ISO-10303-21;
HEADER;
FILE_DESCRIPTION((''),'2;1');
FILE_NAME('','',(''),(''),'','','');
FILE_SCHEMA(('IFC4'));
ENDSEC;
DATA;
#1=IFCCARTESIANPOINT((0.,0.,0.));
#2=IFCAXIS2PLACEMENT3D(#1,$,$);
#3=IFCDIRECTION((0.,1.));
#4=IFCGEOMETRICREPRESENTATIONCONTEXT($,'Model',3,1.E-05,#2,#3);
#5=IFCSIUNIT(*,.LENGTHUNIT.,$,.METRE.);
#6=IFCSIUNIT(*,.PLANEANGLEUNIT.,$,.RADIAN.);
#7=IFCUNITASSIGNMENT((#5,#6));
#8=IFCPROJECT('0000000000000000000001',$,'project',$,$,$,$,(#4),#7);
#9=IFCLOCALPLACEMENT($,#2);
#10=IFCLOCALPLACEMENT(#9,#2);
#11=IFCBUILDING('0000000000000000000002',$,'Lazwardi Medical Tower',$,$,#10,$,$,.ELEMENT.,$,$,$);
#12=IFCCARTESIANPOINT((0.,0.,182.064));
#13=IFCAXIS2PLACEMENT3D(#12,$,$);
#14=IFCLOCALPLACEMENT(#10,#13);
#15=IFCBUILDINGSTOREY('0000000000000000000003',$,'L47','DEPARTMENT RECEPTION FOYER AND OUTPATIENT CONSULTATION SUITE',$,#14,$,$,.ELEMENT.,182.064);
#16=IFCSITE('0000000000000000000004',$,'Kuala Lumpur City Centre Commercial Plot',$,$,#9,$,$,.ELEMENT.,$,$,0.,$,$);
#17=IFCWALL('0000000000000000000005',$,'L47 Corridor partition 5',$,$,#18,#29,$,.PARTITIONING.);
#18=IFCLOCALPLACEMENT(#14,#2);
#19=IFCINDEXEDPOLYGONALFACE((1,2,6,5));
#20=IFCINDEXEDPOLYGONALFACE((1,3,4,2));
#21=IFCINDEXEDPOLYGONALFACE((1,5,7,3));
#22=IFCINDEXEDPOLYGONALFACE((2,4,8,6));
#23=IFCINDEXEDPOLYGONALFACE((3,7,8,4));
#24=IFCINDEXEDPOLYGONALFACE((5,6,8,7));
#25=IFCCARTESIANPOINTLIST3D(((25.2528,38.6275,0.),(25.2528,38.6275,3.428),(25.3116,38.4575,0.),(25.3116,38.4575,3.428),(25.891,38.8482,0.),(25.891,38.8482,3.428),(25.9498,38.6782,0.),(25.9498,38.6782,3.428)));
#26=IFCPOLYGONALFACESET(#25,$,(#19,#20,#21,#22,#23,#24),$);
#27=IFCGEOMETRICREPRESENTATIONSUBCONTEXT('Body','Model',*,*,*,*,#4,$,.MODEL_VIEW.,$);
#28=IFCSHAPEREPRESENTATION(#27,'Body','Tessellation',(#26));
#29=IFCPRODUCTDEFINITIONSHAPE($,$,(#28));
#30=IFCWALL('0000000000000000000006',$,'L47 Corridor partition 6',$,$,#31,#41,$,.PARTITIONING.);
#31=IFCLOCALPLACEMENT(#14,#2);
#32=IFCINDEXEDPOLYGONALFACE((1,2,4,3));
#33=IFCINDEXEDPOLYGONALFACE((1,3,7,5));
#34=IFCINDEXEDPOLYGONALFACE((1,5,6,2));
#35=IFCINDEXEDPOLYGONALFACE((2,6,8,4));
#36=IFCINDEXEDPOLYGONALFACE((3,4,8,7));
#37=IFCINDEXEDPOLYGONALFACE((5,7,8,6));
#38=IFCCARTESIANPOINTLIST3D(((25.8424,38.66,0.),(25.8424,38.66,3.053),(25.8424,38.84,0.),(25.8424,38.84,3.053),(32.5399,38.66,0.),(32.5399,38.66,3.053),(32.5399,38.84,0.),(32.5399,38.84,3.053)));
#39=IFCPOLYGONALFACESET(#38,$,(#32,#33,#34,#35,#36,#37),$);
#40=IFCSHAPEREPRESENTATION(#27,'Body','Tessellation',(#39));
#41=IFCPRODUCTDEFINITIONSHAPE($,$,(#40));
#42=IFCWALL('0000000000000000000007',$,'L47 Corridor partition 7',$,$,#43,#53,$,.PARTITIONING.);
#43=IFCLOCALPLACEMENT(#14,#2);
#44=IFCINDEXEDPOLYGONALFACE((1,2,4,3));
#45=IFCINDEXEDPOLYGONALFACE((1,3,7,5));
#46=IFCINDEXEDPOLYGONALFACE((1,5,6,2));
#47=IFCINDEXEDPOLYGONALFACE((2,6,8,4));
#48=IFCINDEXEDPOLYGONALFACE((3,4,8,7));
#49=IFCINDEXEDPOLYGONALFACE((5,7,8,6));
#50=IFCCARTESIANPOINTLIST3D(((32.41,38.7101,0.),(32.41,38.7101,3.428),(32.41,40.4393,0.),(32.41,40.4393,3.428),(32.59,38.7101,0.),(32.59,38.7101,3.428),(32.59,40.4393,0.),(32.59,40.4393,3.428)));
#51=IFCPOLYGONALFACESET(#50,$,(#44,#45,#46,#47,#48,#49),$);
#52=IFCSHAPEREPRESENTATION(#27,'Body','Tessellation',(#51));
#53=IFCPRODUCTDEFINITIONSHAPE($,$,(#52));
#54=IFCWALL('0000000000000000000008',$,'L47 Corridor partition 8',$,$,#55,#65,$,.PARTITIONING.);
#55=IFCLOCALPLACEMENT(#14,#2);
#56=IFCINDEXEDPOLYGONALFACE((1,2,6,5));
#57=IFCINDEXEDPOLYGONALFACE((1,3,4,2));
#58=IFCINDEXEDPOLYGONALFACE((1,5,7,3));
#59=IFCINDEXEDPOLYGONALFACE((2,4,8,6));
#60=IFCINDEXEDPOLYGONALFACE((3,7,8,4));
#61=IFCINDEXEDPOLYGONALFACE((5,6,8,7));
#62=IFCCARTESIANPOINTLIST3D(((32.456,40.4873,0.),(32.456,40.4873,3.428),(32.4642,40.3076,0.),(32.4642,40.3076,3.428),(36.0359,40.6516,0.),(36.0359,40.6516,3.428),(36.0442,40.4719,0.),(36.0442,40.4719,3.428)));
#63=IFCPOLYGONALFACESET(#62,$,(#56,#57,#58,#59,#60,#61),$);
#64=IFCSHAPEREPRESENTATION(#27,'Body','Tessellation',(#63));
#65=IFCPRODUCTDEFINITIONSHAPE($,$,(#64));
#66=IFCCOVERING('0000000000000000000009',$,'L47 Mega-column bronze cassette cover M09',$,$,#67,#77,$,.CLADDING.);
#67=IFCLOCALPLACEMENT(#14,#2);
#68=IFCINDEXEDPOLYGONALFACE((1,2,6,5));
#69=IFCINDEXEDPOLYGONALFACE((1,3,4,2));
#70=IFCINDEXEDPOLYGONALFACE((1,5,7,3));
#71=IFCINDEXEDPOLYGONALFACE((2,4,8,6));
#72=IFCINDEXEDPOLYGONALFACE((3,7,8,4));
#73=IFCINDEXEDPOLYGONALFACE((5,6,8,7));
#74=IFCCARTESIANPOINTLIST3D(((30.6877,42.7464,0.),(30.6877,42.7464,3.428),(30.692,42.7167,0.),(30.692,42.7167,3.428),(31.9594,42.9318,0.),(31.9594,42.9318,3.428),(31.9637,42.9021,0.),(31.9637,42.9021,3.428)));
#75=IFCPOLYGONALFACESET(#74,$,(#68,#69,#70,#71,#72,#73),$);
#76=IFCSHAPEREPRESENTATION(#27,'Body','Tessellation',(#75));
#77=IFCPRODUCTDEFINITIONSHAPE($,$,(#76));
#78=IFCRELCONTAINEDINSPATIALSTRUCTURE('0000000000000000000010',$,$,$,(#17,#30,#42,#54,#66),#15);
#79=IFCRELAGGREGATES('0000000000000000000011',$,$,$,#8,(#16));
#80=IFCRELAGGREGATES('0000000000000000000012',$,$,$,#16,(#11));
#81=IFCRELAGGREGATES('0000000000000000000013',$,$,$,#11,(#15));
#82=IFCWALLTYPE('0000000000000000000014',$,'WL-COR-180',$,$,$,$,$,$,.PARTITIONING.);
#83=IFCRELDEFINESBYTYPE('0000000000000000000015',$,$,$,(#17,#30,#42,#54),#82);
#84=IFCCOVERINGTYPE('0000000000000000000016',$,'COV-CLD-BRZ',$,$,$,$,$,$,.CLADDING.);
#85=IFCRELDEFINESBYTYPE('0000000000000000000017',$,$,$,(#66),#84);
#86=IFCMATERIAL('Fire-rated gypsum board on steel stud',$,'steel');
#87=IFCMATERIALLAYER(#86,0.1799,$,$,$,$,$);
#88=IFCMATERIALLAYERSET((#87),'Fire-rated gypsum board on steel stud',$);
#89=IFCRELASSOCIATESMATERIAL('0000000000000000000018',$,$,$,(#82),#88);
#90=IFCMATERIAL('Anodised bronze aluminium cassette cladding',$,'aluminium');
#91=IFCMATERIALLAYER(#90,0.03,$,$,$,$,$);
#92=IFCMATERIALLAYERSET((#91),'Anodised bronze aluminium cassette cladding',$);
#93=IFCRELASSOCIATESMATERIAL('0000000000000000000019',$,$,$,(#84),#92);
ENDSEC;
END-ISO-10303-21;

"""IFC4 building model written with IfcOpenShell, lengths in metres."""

from ifc_helpers import new_model, si_unit, direction, frame, frame_2d, origin, origin_2d, place, context, subcontext, project, spatial, rectangle, extrude, material, layer, layer_set, type_object, element, save


model = new_model("IFC4")

# Units and contexts
model_context = context("Model", 3, precision=1e-05, world=origin(), true_north=direction((0.0, 1.0)))
body_context = subcontext(model_context, "Body", "Model", "MODEL_VIEW")
ifc_project = project(units=[si_unit("LENGTHUNIT", "METRE"), si_unit("PLANEANGLEUNIT", "RADIAN")], contexts=[model_context])

# Site, building, storey
site_placement = place(None, origin())
site = spatial("IfcSite", under=ifc_project, at=site_placement, Name="Kuala Lumpur City Centre Commercial Plot", CompositionType="ELEMENT", RefElevation=0.0)
building_placement = place(site_placement, origin())
building = spatial("IfcBuilding", under=site, at=building_placement, Name="Lazwardi Medical Tower", CompositionType="ELEMENT")
storey_placement = place(building_placement, frame((0.0, 0.0, 182.064)))
storey = spatial("IfcBuildingStorey", under=building, at=storey_placement, Name="L47", Description="DEPARTMENT RECEPTION FOYER AND OUTPATIENT CONSULTATION SUITE", CompositionType="ELEMENT", Elevation=182.064)

# Walls
ifc_material_1 = material(Name="Fire-rated gypsum board on steel stud", Category="steel")
ifc_layer_1 = layer(ifc_material_1, 0.1799)
ifc_layer_set_1 = layer_set([ifc_layer_1], Name="Fire-rated gypsum board on steel stud")
wall_type = type_object("IfcWallType", Name="WL-COR-180", PredefinedType="PARTITIONING", material=ifc_layer_set_1)
wall_1_placement = place(storey_placement, frame((25.2822, 38.5425, 0.0), z_axis=(0.0, 0.0, 1.0), x_axis=(0.945081, 0.326837, 0.0)))
element("IfcWall", 1, at=wall_1_placement, inside=storey, type_object=wall_type, Name="L47 Corridor partition 5", PredefinedType="PARTITIONING", context=body_context, shape_type="SweptSolid", body=[
    extrude(rectangle(XDim=0.6753, YDim=0.1799, at=frame_2d((0.3376, 0.0))), origin(), (0.0, 0.0, 1.0), 3.428),
])
wall_2_placement = place(storey_placement, frame((25.8425, 38.75, 0.0), z_axis=(0.0, 0.0, 1.0), x_axis=(1.0, 0.0, 0.0)))
element("IfcWall", 2, at=wall_2_placement, inside=storey, type_object=wall_type, Name="L47 Corridor partition 6", PredefinedType="PARTITIONING", context=body_context, shape_type="SweptSolid", body=[
    extrude(rectangle(XDim=6.6975, YDim=0.1799, at=frame_2d((3.3486, 0.0))), origin(), (0.0, 0.0, 1.0), 3.053),
])
wall_3_placement = place(storey_placement, frame((32.5, 38.71, 0.0), z_axis=(0.0, 0.0, 1.0), x_axis=(0.0, 1.0, 0.0)))
element("IfcWall", 3, at=wall_3_placement, inside=storey, type_object=wall_type, Name="L47 Corridor partition 7", PredefinedType="PARTITIONING", context=body_context, shape_type="SweptSolid", body=[
    extrude(rectangle(XDim=1.7292, YDim=0.1799, at=frame_2d((0.8647, 0.0))), origin(), (0.0, 0.0, 1.0), 3.428),
])
wall_4_placement = place(storey_placement, frame((32.46, 40.3975, 0.0), z_axis=(0.0, 0.0, 1.0), x_axis=(0.998948, 0.045846, 0.0)))
element("IfcWall", 4, at=wall_4_placement, inside=storey, type_object=wall_type, Name="L47 Corridor partition 8", PredefinedType="PARTITIONING", context=body_context, shape_type="SweptSolid", body=[
    extrude(rectangle(XDim=3.5837, YDim=0.1799, at=frame_2d((1.792, 0.0))), origin(), (0.0, 0.0, 1.0), 3.428),
])

# Covering
ifc_material_2 = material(Name="Anodised bronze aluminium cassette cladding", Category="aluminium")
ifc_layer_2 = layer(ifc_material_2, 0.03)
ifc_layer_set_2 = layer_set([ifc_layer_2], Name="Anodised bronze aluminium cassette cladding")
covering_type = type_object("IfcCoveringType", Name="COV-CLD-BRZ", PredefinedType="CLADDING", material=ifc_layer_set_2)
covering_placement = place(storey_placement, frame((31.3257, 42.8242, 0.0), z_axis=(0.0, 0.0, 1.0), x_axis=(-0.989539, -0.144265, 0.0)))
element("IfcCovering", 5, at=covering_placement, inside=storey, type_object=covering_type, Name="L47 Mega-column bronze cassette cover M09", PredefinedType="CLADDING", context=body_context, shape_type="SweptSolid", body=[
    extrude(rectangle(XDim=1.2852, YDim=0.03, at=origin_2d()), origin(), (0.0, 0.0, 1.0), 3.428),
])

save(model, "model.ifc")
